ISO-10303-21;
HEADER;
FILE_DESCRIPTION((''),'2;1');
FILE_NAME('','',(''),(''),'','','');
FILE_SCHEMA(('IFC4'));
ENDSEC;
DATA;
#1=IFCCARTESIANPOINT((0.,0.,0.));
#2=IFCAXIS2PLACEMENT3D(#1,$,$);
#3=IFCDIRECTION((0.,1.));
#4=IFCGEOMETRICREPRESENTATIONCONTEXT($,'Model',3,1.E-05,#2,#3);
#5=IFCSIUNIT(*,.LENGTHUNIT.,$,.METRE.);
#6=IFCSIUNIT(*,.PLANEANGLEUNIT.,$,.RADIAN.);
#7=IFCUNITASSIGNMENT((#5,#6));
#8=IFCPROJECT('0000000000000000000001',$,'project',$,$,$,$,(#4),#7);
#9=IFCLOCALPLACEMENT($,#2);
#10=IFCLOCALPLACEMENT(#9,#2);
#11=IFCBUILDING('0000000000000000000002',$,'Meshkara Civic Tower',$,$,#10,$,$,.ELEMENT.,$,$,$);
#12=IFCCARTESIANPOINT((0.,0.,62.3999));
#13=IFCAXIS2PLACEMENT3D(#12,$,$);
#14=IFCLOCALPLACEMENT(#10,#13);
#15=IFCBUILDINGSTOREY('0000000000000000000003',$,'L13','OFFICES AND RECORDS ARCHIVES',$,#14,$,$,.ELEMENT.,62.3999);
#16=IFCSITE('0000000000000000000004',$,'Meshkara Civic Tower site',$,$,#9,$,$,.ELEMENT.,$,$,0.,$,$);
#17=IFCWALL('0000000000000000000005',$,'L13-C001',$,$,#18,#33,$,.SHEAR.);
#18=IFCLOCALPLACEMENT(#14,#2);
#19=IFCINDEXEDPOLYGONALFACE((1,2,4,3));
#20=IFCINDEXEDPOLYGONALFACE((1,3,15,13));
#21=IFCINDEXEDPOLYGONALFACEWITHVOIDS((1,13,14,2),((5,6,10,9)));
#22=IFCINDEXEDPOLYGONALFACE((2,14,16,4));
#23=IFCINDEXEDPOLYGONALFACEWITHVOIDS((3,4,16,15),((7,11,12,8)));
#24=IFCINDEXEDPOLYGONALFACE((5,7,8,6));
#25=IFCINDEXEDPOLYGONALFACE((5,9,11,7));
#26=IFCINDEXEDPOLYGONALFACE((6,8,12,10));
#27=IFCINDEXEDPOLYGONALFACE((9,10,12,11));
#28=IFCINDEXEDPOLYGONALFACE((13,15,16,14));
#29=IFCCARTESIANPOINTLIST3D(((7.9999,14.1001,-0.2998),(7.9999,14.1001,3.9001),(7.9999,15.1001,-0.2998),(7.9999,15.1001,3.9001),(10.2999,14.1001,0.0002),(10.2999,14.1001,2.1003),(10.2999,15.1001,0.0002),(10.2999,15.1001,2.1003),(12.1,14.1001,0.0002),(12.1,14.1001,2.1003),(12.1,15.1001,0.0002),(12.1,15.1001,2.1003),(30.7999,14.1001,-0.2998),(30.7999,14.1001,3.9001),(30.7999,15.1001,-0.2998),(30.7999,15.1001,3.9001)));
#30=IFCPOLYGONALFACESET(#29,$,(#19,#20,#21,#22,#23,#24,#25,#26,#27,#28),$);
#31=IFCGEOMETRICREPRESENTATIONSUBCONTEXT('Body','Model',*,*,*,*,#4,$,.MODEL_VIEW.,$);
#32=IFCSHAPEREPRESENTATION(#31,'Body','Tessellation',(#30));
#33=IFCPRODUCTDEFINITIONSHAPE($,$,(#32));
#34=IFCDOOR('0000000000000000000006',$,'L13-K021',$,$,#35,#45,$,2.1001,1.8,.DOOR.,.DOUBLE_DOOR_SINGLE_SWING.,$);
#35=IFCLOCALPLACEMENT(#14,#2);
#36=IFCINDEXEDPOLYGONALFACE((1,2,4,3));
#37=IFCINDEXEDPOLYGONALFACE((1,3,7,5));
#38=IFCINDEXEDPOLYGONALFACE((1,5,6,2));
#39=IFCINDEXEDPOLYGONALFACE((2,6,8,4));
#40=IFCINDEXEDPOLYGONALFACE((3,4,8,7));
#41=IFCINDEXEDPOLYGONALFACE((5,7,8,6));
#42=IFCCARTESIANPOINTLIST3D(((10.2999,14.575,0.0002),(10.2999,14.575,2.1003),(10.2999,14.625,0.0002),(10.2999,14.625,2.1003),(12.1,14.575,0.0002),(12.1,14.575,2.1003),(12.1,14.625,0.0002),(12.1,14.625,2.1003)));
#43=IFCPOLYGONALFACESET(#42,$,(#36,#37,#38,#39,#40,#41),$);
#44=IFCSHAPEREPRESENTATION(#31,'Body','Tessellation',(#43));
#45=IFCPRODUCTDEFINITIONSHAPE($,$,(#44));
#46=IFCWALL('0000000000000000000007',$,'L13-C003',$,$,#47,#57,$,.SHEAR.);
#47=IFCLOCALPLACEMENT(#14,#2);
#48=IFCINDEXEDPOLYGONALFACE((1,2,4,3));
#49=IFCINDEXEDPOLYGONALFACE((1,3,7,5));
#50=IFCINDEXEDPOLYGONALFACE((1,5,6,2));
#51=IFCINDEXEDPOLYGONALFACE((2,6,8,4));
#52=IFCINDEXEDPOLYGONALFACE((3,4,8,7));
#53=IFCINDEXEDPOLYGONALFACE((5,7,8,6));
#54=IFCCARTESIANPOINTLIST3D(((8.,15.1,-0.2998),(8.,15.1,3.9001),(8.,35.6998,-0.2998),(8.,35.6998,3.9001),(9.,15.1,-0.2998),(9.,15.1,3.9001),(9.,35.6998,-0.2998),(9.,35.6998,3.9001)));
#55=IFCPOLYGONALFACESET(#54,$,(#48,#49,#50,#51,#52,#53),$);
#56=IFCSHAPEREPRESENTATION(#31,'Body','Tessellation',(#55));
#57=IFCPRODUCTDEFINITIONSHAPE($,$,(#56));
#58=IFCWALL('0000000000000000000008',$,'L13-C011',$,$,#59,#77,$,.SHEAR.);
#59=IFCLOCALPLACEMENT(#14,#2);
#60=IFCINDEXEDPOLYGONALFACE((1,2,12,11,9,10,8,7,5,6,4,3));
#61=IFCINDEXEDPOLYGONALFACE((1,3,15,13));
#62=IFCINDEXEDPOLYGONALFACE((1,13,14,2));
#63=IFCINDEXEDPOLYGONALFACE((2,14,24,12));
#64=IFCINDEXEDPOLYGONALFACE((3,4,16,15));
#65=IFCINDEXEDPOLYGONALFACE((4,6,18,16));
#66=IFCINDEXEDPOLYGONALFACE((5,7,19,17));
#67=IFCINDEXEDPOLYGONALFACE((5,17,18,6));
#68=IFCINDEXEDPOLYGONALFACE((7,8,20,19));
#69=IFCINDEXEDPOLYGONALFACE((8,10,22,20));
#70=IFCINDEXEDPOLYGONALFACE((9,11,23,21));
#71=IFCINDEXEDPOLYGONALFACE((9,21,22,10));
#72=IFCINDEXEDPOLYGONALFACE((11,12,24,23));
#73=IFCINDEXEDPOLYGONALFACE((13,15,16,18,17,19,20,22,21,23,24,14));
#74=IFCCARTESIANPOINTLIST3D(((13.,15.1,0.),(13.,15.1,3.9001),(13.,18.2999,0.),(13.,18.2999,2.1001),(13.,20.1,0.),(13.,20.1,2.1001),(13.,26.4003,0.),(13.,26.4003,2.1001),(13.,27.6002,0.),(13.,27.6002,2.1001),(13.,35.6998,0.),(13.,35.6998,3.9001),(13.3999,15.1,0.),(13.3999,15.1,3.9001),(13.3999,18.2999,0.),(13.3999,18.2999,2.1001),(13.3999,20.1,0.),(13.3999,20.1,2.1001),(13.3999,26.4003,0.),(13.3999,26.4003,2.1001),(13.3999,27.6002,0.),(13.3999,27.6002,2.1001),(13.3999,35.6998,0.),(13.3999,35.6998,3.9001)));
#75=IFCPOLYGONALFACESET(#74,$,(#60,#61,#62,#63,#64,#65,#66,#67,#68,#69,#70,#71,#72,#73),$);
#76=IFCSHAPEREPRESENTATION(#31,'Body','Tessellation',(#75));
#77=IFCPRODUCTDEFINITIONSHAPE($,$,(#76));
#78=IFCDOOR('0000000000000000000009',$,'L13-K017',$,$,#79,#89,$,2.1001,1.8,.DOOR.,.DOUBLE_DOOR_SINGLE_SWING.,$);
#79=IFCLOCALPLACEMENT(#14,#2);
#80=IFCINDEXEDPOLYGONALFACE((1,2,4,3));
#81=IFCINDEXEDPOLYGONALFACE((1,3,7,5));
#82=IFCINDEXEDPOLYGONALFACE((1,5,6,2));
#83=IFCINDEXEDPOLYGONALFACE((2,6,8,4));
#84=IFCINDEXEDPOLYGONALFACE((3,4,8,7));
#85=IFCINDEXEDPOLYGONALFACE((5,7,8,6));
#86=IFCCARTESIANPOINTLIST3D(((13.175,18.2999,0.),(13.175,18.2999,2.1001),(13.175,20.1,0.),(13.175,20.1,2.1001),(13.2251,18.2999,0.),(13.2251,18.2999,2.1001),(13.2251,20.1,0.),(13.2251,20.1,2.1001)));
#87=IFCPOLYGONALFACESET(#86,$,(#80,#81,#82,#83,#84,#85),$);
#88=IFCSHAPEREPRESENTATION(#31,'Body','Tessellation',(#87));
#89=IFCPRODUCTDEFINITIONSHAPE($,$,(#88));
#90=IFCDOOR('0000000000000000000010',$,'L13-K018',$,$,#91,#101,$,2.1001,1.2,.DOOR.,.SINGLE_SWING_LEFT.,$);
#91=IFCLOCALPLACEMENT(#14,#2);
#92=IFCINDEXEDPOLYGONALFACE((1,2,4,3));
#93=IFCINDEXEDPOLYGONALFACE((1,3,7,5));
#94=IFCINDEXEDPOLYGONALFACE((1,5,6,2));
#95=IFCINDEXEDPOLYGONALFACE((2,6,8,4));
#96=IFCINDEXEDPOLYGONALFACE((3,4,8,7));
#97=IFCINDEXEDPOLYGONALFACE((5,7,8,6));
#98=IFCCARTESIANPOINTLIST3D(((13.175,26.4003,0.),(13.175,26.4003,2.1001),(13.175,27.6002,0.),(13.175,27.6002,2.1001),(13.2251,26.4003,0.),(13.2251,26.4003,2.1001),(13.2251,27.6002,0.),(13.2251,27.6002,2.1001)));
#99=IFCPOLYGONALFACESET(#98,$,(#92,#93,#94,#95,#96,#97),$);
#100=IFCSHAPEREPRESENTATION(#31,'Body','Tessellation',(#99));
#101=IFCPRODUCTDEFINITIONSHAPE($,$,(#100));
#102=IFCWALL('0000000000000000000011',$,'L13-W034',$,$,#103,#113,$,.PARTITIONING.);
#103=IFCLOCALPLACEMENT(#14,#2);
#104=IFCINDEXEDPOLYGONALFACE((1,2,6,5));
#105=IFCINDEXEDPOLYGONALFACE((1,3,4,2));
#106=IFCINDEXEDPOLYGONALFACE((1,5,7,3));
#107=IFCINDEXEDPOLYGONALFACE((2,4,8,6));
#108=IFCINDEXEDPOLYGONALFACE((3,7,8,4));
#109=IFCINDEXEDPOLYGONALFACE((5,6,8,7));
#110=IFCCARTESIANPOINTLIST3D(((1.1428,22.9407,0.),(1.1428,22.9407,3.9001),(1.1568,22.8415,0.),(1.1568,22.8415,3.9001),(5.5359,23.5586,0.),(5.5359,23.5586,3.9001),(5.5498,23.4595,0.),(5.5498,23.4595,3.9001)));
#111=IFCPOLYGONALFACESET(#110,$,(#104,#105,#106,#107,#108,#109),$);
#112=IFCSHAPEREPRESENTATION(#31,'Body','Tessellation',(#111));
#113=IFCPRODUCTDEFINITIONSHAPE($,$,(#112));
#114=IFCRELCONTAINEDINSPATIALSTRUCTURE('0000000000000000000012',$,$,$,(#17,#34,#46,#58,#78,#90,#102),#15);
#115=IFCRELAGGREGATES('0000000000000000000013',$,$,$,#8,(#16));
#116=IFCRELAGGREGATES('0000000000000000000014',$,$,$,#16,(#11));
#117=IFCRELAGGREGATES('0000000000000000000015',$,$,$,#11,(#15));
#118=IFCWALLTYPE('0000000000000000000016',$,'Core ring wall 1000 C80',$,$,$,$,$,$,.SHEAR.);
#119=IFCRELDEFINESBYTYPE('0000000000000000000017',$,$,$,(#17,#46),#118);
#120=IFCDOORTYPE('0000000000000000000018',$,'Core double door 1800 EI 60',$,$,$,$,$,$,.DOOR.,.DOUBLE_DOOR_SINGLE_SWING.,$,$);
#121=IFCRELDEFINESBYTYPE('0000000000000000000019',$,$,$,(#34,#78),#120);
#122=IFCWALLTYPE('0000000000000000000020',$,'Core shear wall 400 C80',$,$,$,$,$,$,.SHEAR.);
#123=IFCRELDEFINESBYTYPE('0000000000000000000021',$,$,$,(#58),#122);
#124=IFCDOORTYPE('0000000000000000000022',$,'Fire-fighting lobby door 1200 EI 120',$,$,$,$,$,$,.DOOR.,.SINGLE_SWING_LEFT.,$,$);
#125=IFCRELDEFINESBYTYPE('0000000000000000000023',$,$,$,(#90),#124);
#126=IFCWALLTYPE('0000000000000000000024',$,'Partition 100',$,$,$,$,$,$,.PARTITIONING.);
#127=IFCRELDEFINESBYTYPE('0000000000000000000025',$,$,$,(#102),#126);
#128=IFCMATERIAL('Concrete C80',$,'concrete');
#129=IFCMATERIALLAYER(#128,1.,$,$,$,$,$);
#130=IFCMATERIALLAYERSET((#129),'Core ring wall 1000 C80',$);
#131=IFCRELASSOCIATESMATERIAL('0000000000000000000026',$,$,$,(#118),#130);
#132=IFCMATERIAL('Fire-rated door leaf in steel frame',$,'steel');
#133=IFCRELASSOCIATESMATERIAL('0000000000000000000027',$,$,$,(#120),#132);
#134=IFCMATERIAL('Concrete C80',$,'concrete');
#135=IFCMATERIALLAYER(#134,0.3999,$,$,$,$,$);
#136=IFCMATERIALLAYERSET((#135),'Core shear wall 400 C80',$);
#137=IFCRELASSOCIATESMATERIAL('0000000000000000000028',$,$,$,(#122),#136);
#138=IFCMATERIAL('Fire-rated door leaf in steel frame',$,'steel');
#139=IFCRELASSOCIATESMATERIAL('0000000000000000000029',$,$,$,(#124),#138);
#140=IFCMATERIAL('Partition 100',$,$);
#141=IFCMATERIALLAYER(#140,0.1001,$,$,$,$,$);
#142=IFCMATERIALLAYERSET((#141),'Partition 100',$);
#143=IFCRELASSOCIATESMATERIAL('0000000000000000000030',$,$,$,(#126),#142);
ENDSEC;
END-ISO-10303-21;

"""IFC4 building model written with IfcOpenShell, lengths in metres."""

from ifc_helpers import new_model, si_unit, direction, frame, frame_2d, origin, place, context, subcontext, project, spatial, rectangle, extrude, material, layer, layer_set, type_object, element, fill, save


model = new_model("IFC4")

# Units and contexts
model_context = context("Model", 3, precision=1e-05, world=origin(), true_north=direction((0.0, 1.0)))
body_context = subcontext(model_context, "Body", "Model", "MODEL_VIEW")
ifc_project = project(units=[si_unit("LENGTHUNIT", "METRE"), si_unit("PLANEANGLEUNIT", "RADIAN")], contexts=[model_context])

# Site, building, storey
site_placement = place(None, origin())
site = spatial("IfcSite", under=ifc_project, at=site_placement, Name="Meshkara Civic Tower site", CompositionType="ELEMENT", RefElevation=0.0)
building_placement = place(site_placement, origin())
building = spatial("IfcBuilding", under=site, at=building_placement, Name="Meshkara Civic Tower", CompositionType="ELEMENT")
storey_placement = place(building_placement, frame((0.0, 0.0, 62.3999)))
storey = spatial("IfcBuildingStorey", under=building, at=storey_placement, Name="L13", Description="OFFICES AND RECORDS ARCHIVES", CompositionType="ELEMENT", Elevation=62.3999)

# Wall, opening, door
ifc_material_1 = material(Name="Concrete C80", Category="concrete")
ifc_layer_1 = layer(ifc_material_1, 1.0)
ifc_layer_set_1 = layer_set([ifc_layer_1], Name="Core ring wall 1000 C80")
wall_type_1 = type_object("IfcWallType", Name="Core ring wall 1000 C80", PredefinedType="SHEAR", material=ifc_layer_set_1)
wall_1_placement = place(storey_placement, frame((8.0, 14.6001, -0.2998), z_axis=(0.0, 0.0, 1.0), x_axis=(1.0, 0.0, 0.0)))
wall_1 = element("IfcWall", 1, at=wall_1_placement, inside=storey, type_object=wall_type_1, Name="L13-C001", PredefinedType="SHEAR", context=body_context, shape_type="SweptSolid", body=[
    extrude(rectangle(XDim=22.8, YDim=1.0, at=frame_2d((11.3999, 0.0))), origin(), (0.0, 0.0, 1.0), 4.2),
])
opening_1_placement = place(wall_1_placement, frame((2.3, 0.0, 0.3)))
opening_1 = element("IfcOpeningElement", 2, at=opening_1_placement, cuts=wall_1, PredefinedType="OPENING", context=body_context, shape_type="SweptSolid", body=[
    extrude(rectangle(XDim=1.8, YDim=2.1001, at=frame_2d((0.8999, 1.05))), frame((0.0, 0.51, 0.0), z_axis=(0.0, -1.0, 0.0), x_axis=(1.0, 0.0, 0.0)), (0.0, 0.0, 1.0), 1.02),
])
ifc_material_2 = material(Name="Fire-rated door leaf in steel frame", Category="steel")
door_type_1 = type_object("IfcDoorType", Name="Core double door 1800 EI 60", OperationType="DOUBLE_DOOR_SINGLE_SWING", PredefinedType="DOOR", material=ifc_material_2)
door_1_placement = place(opening_1_placement, origin())
door_1 = element("IfcDoor", 3, at=door_1_placement, inside=storey, type_object=door_type_1, Name="L13-K021", OperationType="DOUBLE_DOOR_SINGLE_SWING", OverallHeight=2.1001, OverallWidth=1.8, PredefinedType="DOOR", context=body_context, shape_type="SweptSolid", body=[
    extrude(rectangle(XDim=1.8, YDim=2.1001, at=frame_2d((0.8999, 1.05))), frame((0.0, 0.0249, 0.0), z_axis=(0.0, -1.0, 0.0), x_axis=(1.0, 0.0, 0.0)), (0.0, 0.0, 1.0), 0.05),
])
fill(opening_1, door_1)

# Wall
wall_2_placement = place(storey_placement, frame((8.5, 15.1001, -0.2998), z_axis=(0.0, 0.0, 1.0), x_axis=(0.0, 1.0, 0.0)))
element("IfcWall", 4, at=wall_2_placement, inside=storey, type_object=wall_type_1, Name="L13-C003", PredefinedType="SHEAR", context=body_context, shape_type="SweptSolid", body=[
    extrude(rectangle(XDim=20.5999, YDim=1.0, at=frame_2d((10.2998, 0.0))), origin(), (0.0, 0.0, 1.0), 4.2),
])

# Wall, openings, doors
ifc_material_3 = material(Name="Concrete C80", Category="concrete")
ifc_layer_2 = layer(ifc_material_3, 0.3999)
ifc_layer_set_2 = layer_set([ifc_layer_2], Name="Core shear wall 400 C80")
wall_type_2 = type_object("IfcWallType", Name="Core shear wall 400 C80", PredefinedType="SHEAR", material=ifc_layer_set_2)
wall_3_placement = place(storey_placement, frame((13.2, 15.1001, 0.0), z_axis=(0.0, 0.0, 1.0), x_axis=(0.0, 1.0, 0.0)))
wall_3 = element("IfcWall", 5, at=wall_3_placement, inside=storey, type_object=wall_type_2, Name="L13-C011", PredefinedType="SHEAR", context=body_context, shape_type="SweptSolid", body=[
    extrude(rectangle(XDim=20.5999, YDim=0.3999, at=frame_2d((10.2998, 0.0))), origin(), (0.0, 0.0, 1.0), 3.9001),
])
opening_2_placement = place(wall_3_placement, frame((3.2, 0.0, 0.0)))
opening_2 = element("IfcOpeningElement", 6, at=opening_2_placement, cuts=wall_3, PredefinedType="OPENING", context=body_context, shape_type="SweptSolid", body=[
    extrude(rectangle(XDim=1.8, YDim=2.1001, at=frame_2d((0.8999, 1.05))), frame((0.0, 0.21, 0.0), z_axis=(0.0, -1.0, 0.0), x_axis=(1.0, 0.0, 0.0)), (0.0, 0.0, 1.0), 0.4199),
])
opening_3_placement = place(wall_3_placement, frame((11.3, 0.0, 0.0)))
opening_3 = element("IfcOpeningElement", 7, at=opening_3_placement, cuts=wall_3, PredefinedType="OPENING", context=body_context, shape_type="SweptSolid", body=[
    extrude(rectangle(XDim=1.2, YDim=2.1001, at=frame_2d((0.6001, 1.05))), frame((0.0, 0.21, 0.0), z_axis=(0.0, -1.0, 0.0), x_axis=(1.0, 0.0, 0.0)), (0.0, 0.0, 1.0), 0.4199),
])
door_2_placement = place(opening_2_placement, origin())
door_2 = element("IfcDoor", 8, at=door_2_placement, inside=storey, type_object=door_type_1, Name="L13-K017", OperationType="DOUBLE_DOOR_SINGLE_SWING", OverallHeight=2.1001, OverallWidth=1.8, PredefinedType="DOOR", context=body_context, shape_type="SweptSolid", body=[
    extrude(rectangle(XDim=1.8, YDim=2.1001, at=frame_2d((0.8999, 1.05))), frame((0.0, 0.0249, 0.0), z_axis=(0.0, -1.0, 0.0), x_axis=(1.0, 0.0, 0.0)), (0.0, 0.0, 1.0), 0.05),
])
fill(opening_2, door_2)
ifc_material_4 = material(Name="Fire-rated door leaf in steel frame", Category="steel")
door_type_2 = type_object("IfcDoorType", Name="Fire-fighting lobby door 1200 EI 120", OperationType="SINGLE_SWING_LEFT", PredefinedType="DOOR", material=ifc_material_4)
door_3_placement = place(opening_3_placement, origin())
door_3 = element("IfcDoor", 9, at=door_3_placement, inside=storey, type_object=door_type_2, Name="L13-K018", OperationType="SINGLE_SWING_LEFT", OverallHeight=2.1001, OverallWidth=1.2, PredefinedType="DOOR", context=body_context, shape_type="SweptSolid", body=[
    extrude(rectangle(XDim=1.2, YDim=2.1001, at=frame_2d((0.6001, 1.05))), frame((0.0, 0.0249, 0.0), z_axis=(0.0, -1.0, 0.0), x_axis=(1.0, 0.0, 0.0)), (0.0, 0.0, 1.0), 0.05),
])
fill(opening_3, door_3)

# Wall
ifc_material_5 = material(Name="Partition 100")
ifc_layer_3 = layer(ifc_material_5, 0.1001)
ifc_layer_set_3 = layer_set([ifc_layer_3], Name="Partition 100")
wall_type_3 = type_object("IfcWallType", Name="Partition 100", PredefinedType="PARTITIONING", material=ifc_layer_set_3)
wall_4_placement = place(storey_placement, frame((5.543, 23.509, 0.0), z_axis=(0.0, 0.0, 1.0), x_axis=(-0.990252, -0.139287, 0.0)))
element("IfcWall", 10, at=wall_4_placement, inside=storey, type_object=wall_type_3, Name="L13-W034", PredefinedType="PARTITIONING", context=body_context, shape_type="SweptSolid", body=[
    extrude(rectangle(XDim=4.4363, YDim=0.1001, at=frame_2d((2.2183, 0.0))), origin(), (0.0, 0.0, 1.0), 3.9001),
])

save(model, "model.ifc")
